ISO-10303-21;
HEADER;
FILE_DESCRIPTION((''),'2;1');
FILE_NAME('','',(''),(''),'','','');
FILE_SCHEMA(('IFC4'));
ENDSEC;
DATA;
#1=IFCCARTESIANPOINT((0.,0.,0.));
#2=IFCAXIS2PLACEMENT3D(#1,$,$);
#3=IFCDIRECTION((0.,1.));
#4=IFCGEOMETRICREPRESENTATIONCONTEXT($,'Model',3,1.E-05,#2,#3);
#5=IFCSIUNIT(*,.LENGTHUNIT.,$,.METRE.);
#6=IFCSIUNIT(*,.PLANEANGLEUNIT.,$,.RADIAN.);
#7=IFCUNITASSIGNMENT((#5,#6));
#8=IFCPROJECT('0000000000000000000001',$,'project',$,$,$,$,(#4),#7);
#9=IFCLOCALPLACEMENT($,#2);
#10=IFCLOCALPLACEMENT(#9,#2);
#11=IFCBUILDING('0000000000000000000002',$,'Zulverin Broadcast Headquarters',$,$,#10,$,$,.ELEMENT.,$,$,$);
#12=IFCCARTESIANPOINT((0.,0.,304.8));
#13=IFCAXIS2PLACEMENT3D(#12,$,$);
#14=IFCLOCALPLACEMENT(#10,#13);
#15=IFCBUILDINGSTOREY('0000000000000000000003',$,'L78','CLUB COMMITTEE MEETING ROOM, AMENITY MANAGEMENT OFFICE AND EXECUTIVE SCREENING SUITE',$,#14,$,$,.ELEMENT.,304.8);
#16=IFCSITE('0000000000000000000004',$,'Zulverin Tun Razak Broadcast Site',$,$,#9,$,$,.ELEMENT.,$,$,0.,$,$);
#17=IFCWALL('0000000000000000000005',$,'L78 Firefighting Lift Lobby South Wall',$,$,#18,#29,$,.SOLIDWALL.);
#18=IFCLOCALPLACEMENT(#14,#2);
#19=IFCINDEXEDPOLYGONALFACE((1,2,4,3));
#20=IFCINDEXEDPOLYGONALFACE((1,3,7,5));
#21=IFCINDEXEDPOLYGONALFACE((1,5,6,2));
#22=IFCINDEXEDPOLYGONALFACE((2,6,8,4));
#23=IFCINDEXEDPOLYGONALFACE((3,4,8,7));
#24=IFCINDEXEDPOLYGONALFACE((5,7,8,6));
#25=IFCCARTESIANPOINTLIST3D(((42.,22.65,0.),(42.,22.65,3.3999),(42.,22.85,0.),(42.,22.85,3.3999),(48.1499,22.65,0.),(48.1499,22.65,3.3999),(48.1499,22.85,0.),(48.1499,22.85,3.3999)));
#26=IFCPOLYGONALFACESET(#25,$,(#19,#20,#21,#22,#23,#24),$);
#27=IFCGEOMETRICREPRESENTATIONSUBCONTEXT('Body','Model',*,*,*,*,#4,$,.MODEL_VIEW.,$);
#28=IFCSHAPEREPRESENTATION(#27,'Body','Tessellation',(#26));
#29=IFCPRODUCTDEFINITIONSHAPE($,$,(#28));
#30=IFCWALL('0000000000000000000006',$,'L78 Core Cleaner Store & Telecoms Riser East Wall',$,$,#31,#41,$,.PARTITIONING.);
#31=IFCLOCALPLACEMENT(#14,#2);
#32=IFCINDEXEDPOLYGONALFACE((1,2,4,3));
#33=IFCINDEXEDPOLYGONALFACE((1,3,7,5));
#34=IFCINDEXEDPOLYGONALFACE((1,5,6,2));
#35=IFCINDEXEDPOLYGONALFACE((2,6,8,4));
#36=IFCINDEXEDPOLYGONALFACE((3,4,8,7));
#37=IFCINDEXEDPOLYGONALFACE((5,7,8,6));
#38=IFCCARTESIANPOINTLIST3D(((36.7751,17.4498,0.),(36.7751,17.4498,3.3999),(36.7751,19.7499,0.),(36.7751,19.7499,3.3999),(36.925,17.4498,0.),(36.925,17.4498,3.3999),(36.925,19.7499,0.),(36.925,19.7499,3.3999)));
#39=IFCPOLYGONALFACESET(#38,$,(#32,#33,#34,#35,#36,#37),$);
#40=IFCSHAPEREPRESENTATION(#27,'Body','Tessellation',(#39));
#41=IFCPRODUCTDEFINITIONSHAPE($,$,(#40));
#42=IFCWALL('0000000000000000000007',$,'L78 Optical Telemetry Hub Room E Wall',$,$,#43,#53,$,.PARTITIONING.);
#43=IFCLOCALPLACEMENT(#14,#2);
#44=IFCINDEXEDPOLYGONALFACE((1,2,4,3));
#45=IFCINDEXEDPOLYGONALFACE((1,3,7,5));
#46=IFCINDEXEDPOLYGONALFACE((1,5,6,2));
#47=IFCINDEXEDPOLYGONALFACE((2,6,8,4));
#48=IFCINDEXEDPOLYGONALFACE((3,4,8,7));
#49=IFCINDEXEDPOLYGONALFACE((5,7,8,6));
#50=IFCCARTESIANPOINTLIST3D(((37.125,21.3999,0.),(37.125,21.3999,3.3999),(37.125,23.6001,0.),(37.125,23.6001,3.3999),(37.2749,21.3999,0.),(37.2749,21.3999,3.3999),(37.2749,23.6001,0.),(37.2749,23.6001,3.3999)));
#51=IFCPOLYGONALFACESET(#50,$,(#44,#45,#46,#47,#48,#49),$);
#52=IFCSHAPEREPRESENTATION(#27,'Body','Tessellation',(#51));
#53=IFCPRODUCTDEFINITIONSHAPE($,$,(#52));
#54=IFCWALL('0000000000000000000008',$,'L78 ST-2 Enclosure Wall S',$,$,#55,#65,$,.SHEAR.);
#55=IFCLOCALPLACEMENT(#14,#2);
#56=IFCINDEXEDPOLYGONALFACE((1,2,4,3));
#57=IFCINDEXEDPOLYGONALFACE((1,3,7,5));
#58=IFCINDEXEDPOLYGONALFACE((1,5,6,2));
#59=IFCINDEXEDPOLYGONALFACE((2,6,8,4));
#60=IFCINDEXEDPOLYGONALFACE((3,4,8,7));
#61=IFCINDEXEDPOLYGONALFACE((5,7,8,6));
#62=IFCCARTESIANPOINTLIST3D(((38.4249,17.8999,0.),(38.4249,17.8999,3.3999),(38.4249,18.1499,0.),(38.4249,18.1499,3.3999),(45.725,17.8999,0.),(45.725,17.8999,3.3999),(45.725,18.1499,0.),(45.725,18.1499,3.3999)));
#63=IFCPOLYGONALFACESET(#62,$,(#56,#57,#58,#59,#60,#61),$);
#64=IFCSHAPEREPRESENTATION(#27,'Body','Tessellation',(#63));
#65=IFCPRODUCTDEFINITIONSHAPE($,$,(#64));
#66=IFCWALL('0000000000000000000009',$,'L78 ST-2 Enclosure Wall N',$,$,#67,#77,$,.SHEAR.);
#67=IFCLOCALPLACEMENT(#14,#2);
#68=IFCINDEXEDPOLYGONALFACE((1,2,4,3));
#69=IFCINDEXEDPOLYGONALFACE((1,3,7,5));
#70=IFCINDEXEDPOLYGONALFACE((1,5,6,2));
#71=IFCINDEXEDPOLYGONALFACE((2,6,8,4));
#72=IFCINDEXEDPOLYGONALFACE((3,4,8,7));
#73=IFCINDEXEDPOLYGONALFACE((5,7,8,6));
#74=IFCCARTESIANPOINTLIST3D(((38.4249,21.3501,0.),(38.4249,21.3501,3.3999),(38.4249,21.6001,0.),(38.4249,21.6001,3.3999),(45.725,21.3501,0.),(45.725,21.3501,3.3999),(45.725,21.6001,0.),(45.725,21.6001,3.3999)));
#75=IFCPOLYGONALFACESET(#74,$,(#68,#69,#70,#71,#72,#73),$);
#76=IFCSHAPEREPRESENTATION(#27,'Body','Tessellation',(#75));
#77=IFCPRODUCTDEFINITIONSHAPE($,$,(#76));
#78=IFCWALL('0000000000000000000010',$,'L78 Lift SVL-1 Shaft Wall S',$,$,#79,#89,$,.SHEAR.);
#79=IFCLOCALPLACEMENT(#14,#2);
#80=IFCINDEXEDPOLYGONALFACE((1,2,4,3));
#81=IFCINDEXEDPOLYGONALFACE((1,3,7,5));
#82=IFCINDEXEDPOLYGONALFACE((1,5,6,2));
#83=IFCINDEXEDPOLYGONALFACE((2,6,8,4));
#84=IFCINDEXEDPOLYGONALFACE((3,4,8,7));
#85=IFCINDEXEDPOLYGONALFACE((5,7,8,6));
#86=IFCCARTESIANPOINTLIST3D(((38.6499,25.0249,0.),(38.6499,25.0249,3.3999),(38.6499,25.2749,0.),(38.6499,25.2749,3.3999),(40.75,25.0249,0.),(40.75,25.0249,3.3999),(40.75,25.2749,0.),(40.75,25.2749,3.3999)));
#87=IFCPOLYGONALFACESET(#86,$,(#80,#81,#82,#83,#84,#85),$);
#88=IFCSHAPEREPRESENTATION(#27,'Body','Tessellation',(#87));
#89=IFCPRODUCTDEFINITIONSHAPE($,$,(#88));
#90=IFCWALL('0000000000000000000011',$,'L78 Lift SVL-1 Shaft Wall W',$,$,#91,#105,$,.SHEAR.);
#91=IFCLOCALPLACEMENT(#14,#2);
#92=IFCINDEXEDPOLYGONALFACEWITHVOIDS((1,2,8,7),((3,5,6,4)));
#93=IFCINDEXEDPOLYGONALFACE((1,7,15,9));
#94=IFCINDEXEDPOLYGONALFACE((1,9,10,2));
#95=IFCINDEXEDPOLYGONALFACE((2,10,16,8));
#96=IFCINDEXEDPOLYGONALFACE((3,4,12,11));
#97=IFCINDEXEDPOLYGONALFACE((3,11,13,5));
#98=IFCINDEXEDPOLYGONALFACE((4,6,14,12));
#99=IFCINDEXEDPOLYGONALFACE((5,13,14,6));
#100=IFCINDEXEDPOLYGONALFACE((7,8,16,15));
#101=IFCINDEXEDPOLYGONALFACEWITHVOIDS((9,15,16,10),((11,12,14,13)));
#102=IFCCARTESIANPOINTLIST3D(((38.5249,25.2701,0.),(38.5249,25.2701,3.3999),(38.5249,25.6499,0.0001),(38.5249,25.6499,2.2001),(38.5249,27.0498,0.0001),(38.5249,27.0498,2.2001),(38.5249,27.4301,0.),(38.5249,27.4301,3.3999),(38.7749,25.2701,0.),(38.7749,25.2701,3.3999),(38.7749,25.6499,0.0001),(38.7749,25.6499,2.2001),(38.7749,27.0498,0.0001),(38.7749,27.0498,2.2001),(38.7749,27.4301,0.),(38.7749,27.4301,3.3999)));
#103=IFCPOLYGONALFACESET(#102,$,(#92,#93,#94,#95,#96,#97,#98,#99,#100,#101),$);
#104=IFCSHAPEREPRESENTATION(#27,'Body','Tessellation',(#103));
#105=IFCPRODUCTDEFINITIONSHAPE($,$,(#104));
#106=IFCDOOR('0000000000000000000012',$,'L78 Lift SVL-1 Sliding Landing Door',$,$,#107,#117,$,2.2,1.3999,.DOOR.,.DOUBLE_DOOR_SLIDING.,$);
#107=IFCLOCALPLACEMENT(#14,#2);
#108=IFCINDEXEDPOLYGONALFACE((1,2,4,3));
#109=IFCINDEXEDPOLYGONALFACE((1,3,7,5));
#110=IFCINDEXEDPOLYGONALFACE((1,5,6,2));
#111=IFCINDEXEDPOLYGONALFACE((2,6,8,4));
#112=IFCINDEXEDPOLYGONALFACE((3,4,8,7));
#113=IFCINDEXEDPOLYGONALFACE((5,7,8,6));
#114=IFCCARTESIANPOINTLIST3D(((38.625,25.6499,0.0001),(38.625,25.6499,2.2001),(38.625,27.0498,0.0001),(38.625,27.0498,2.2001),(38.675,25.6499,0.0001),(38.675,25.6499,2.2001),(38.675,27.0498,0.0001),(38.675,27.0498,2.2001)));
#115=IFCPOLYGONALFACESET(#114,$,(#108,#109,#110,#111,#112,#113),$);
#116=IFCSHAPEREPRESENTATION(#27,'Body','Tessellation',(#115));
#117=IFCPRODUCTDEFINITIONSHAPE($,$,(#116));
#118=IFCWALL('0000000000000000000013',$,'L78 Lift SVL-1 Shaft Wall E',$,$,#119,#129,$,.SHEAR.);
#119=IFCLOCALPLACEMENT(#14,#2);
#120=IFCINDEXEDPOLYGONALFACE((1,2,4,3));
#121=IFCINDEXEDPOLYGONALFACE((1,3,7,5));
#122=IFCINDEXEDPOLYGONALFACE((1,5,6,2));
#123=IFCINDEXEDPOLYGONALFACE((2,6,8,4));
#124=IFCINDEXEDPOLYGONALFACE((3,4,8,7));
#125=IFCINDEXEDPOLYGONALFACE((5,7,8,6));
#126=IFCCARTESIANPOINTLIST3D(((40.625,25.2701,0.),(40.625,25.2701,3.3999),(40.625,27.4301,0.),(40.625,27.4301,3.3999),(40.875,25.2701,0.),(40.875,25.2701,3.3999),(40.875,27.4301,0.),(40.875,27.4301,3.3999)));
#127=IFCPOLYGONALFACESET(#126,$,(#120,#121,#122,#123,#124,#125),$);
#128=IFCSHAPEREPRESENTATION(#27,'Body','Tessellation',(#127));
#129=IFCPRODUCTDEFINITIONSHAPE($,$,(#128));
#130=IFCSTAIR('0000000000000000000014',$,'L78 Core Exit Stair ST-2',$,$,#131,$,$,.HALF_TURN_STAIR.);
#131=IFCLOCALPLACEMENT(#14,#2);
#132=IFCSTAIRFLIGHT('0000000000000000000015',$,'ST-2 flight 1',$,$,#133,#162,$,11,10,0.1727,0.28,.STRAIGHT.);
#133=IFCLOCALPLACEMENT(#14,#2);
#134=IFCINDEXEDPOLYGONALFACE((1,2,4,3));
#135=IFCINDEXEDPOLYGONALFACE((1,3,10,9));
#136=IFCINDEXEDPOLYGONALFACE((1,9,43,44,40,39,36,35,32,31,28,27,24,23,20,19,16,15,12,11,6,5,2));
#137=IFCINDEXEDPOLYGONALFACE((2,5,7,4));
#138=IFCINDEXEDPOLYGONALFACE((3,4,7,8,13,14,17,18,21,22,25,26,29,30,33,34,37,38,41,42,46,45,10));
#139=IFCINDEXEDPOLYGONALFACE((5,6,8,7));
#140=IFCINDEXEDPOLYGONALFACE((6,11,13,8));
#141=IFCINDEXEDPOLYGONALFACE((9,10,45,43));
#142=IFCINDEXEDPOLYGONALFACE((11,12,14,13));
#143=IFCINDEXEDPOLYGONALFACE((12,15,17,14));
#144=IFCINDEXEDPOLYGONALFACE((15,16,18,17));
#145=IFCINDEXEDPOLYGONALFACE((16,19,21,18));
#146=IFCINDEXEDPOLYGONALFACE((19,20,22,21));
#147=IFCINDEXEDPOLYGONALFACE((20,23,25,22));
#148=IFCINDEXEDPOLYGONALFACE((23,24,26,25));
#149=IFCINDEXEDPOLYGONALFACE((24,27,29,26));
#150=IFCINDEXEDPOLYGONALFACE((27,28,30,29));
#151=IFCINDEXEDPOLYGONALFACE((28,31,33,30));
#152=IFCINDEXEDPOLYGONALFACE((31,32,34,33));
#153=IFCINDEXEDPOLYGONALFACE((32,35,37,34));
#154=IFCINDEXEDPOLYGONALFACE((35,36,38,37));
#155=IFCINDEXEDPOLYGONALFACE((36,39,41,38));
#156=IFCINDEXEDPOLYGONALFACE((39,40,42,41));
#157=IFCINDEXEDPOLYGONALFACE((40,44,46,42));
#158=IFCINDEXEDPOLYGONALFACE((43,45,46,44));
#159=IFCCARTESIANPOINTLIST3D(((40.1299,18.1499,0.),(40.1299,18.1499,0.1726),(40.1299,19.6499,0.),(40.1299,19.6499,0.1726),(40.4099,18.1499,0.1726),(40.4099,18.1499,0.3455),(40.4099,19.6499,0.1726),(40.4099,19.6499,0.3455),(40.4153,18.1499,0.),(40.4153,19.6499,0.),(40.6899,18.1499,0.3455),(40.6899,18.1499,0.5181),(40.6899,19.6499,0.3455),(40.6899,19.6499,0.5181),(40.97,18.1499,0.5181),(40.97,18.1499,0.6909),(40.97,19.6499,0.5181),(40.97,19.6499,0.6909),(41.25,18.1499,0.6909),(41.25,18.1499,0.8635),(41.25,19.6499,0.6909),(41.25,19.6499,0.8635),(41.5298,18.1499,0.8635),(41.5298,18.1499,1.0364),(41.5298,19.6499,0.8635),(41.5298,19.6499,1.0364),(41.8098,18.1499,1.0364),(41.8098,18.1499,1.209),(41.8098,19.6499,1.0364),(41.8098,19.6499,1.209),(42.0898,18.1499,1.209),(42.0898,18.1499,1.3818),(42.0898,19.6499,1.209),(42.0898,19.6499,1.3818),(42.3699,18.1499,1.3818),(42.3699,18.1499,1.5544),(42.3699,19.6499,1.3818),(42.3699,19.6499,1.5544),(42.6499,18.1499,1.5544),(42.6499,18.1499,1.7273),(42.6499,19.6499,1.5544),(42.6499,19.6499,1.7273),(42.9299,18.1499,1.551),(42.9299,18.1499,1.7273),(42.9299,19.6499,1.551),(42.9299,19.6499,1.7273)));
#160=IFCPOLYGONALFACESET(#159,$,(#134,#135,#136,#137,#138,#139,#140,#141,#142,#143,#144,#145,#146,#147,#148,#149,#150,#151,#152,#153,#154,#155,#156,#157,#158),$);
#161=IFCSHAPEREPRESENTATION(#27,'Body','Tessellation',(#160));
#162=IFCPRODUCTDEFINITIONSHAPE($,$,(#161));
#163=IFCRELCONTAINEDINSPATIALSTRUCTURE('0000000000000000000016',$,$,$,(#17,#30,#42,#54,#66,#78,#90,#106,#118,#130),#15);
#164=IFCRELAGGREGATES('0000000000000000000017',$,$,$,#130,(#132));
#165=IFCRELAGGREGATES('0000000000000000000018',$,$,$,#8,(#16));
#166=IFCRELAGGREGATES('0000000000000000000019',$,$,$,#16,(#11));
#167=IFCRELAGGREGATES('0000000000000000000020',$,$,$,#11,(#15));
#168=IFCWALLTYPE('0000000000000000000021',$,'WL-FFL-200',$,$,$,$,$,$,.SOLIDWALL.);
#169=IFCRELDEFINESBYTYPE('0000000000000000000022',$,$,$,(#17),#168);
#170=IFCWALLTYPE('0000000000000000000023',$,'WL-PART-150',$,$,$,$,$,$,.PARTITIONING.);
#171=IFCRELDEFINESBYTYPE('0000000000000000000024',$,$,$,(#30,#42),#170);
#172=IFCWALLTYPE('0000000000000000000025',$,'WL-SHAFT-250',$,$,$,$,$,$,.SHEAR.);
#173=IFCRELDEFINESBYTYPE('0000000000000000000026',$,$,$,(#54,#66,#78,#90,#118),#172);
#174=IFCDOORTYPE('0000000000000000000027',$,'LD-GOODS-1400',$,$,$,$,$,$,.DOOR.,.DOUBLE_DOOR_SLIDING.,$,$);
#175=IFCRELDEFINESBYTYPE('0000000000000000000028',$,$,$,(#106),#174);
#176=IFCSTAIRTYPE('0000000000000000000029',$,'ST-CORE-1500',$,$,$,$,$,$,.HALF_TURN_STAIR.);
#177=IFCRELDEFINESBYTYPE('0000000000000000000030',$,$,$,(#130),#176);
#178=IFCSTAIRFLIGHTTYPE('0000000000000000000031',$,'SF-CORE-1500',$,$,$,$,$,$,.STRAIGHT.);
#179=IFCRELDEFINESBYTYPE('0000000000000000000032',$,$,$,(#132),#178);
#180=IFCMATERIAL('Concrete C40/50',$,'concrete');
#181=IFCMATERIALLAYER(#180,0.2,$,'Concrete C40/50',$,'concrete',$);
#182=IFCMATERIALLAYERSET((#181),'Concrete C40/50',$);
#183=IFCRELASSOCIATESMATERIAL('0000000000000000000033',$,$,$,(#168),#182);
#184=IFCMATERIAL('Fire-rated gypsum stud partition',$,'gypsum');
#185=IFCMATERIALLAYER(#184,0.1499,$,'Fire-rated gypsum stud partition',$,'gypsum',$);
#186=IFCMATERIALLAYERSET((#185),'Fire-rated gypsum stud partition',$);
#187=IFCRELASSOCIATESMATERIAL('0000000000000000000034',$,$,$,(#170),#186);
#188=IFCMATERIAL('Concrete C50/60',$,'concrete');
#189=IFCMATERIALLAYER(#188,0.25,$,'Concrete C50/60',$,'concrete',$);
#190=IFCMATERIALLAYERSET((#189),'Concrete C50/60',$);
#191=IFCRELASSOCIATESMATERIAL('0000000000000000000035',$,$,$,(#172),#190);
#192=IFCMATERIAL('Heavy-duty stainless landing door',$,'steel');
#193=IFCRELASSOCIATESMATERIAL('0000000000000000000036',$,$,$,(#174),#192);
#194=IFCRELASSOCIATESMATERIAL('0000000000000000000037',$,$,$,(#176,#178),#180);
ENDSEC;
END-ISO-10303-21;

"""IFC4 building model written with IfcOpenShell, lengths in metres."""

from ifc_helpers import new_model, si_unit, direction, frame, frame_2d, origin, place, context, subcontext, project, spatial, polyline, rectangle, outline, extrude, material, layer, layer_set, type_object, element, fill, aggregate, save


model = new_model("IFC4")

# Units and contexts
model_context = context("Model", 3, precision=1e-05, world=origin(), true_north=direction((0.0, 1.0)))
body_context = subcontext(model_context, "Body", "Model", "MODEL_VIEW")
ifc_project = project(units=[si_unit("LENGTHUNIT", "METRE"), si_unit("PLANEANGLEUNIT", "RADIAN")], contexts=[model_context])

# Site, building, storey
site_placement = place(None, origin())
site = spatial("IfcSite", under=ifc_project, at=site_placement, Name="Zulverin Tun Razak Broadcast Site", CompositionType="ELEMENT", RefElevation=0.0)
building_placement = place(site_placement, origin())
building = spatial("IfcBuilding", under=site, at=building_placement, Name="Zulverin Broadcast Headquarters", CompositionType="ELEMENT")
storey_placement = place(building_placement, frame((0.0, 0.0, 304.8)))
storey = spatial("IfcBuildingStorey", under=building, at=storey_placement, Name="L78", Description="CLUB COMMITTEE MEETING ROOM, AMENITY MANAGEMENT OFFICE AND EXECUTIVE SCREENING SUITE", CompositionType="ELEMENT", Elevation=304.8)

# Shared definitions
ifc_material_1 = material(Name="Concrete C40/50", Category="concrete")
ifc_layer_1 = layer(ifc_material_1, 0.2, Name="Concrete C40/50", Category="concrete")
ifc_layer_set_1 = layer_set([ifc_layer_1], Name="Concrete C40/50")
wall_type_1 = type_object("IfcWallType", Name="WL-FFL-200", PredefinedType="SOLIDWALL", material=ifc_layer_set_1)

# Walls
wall_1_placement = place(storey_placement, frame((42.0, 22.75, 0.0), z_axis=(0.0, 0.0, 1.0), x_axis=(1.0, 0.0, 0.0)))
element("IfcWall", 1, at=wall_1_placement, inside=storey, type_object=wall_type_1, Name="L78 Firefighting Lift Lobby South Wall", PredefinedType="SOLIDWALL", context=body_context, shape_type="SweptSolid", body=[
    extrude(rectangle(XDim=6.1499, YDim=0.2, at=frame_2d((3.075, 0.0))), origin(), (0.0, 0.0, 1.0), 3.3999),
])
ifc_material_2 = material(Name="Fire-rated gypsum stud partition", Category="gypsum")
ifc_layer_2 = layer(ifc_material_2, 0.1499, Name="Fire-rated gypsum stud partition", Category="gypsum")
ifc_layer_set_2 = layer_set([ifc_layer_2], Name="Fire-rated gypsum stud partition")
wall_type_2 = type_object("IfcWallType", Name="WL-PART-150", PredefinedType="PARTITIONING", material=ifc_layer_set_2)
wall_2_placement = place(storey_placement, frame((36.8501, 17.45, 0.0), z_axis=(0.0, 0.0, 1.0), x_axis=(0.0, 1.0, 0.0)))
element("IfcWall", 2, at=wall_2_placement, inside=storey, type_object=wall_type_2, Name="L78 Core Cleaner Store & Telecoms Riser East Wall", PredefinedType="PARTITIONING", context=body_context, shape_type="SweptSolid", body=[
    extrude(rectangle(XDim=2.3, YDim=0.1499, at=frame_2d((1.1499, 0.0))), origin(), (0.0, 0.0, 1.0), 3.3999),
])
wall_3_placement = place(storey_placement, frame((37.2, 21.3999, 0.0), z_axis=(0.0, 0.0, 1.0), x_axis=(0.0, 1.0, 0.0)))
element("IfcWall", 3, at=wall_3_placement, inside=storey, type_object=wall_type_2, Name="L78 Optical Telemetry Hub Room E Wall", PredefinedType="PARTITIONING", context=body_context, shape_type="SweptSolid", body=[
    extrude(rectangle(XDim=2.2002, YDim=0.1499, at=frame_2d((1.1001, 0.0))), origin(), (0.0, 0.0, 1.0), 3.3999),
])
ifc_material_3 = material(Name="Concrete C50/60", Category="concrete")
ifc_layer_3 = layer(ifc_material_3, 0.25, Name="Concrete C50/60", Category="concrete")
ifc_layer_set_3 = layer_set([ifc_layer_3], Name="Concrete C50/60")
wall_type_3 = type_object("IfcWallType", Name="WL-SHAFT-250", PredefinedType="SHEAR", material=ifc_layer_set_3)
for number, where, z_axis, x_axis, name in (
    (4, (38.425, 18.0249, 0.0), (0.0, 0.0, 1.0), (1.0, 0.0, 0.0), "L78 ST-2 Enclosure Wall S"),
    (5, (38.425, 21.4751, 0.0), (0.0, 0.0, 1.0), (1.0, 0.0, 0.0), "L78 ST-2 Enclosure Wall N"),
):
    element("IfcWall", number, at=place(storey_placement, frame(where, z_axis=z_axis, x_axis=x_axis)), inside=storey, type_object=wall_type_3, Name=name, PredefinedType="SHEAR", context=body_context, shape_type="SweptSolid", body=[
        extrude(rectangle(XDim=7.3, YDim=0.25, at=frame_2d((3.6499, 0.0))), origin(), (0.0, 0.0, 1.0), 3.3999),
    ])

# Wall
wall_4_placement = place(storey_placement, frame((38.6499, 25.1499, 0.0), z_axis=(0.0, 0.0, 1.0), x_axis=(1.0, 0.0, 0.0)))
element("IfcWall", 6, at=wall_4_placement, inside=storey, type_object=wall_type_3, Name="L78 Lift SVL-1 Shaft Wall S", PredefinedType="SHEAR", context=body_context, shape_type="SweptSolid", body=[
    extrude(rectangle(XDim=2.1001, YDim=0.25, at=frame_2d((1.05, 0.0))), origin(), (0.0, 0.0, 1.0), 3.3999),
])

# Wall, opening, door
wall_5_placement = place(storey_placement, frame((38.6499, 25.27, 0.0), z_axis=(0.0, 0.0, 1.0), x_axis=(0.0, 1.0, 0.0)))
wall_5 = element("IfcWall", 7, at=wall_5_placement, inside=storey, type_object=wall_type_3, Name="L78 Lift SVL-1 Shaft Wall W", PredefinedType="SHEAR", context=body_context, shape_type="SweptSolid", body=[
    extrude(rectangle(XDim=2.1599, YDim=0.25, at=frame_2d((1.0801, 0.0))), origin(), (0.0, 0.0, 1.0), 3.3999),
])
opening_1_placement = place(wall_5_placement, frame((0.3799, 0.0, 0.0)))
opening_1 = element("IfcOpeningElement", 8, at=opening_1_placement, cuts=wall_5, PredefinedType="OPENING", context=body_context, shape_type="SweptSolid", body=[
    extrude(rectangle(XDim=1.3999, YDim=2.2, at=frame_2d((0.7, 1.1001))), frame((0.0, 0.135, 0.0), z_axis=(0.0, -1.0, 0.0), x_axis=(1.0, 0.0, 0.0)), (0.0, 0.0, 1.0), 0.27),
])
ifc_material_4 = material(Name="Heavy-duty stainless landing door", Category="steel")
door_type_1 = type_object("IfcDoorType", Name="LD-GOODS-1400", OperationType="DOUBLE_DOOR_SLIDING", PredefinedType="DOOR", material=ifc_material_4)
door_1_placement = place(opening_1_placement, origin())
door_1 = element("IfcDoor", 9, at=door_1_placement, inside=storey, type_object=door_type_1, Name="L78 Lift SVL-1 Sliding Landing Door", OperationType="DOUBLE_DOOR_SLIDING", OverallHeight=2.2, OverallWidth=1.3999, PredefinedType="DOOR", context=body_context, shape_type="SweptSolid", body=[
    extrude(rectangle(XDim=1.3999, YDim=2.2, at=frame_2d((0.7, 1.1001))), frame((0.0, 0.0249, 0.0), z_axis=(0.0, -1.0, 0.0), x_axis=(1.0, 0.0, 0.0)), (0.0, 0.0, 1.0), 0.05),
])
fill(opening_1, door_1)

# Wall
wall_6_placement = place(storey_placement, frame((40.75, 25.27, 0.0), z_axis=(0.0, 0.0, 1.0), x_axis=(0.0, 1.0, 0.0)))
element("IfcWall", 10, at=wall_6_placement, inside=storey, type_object=wall_type_3, Name="L78 Lift SVL-1 Shaft Wall E", PredefinedType="SHEAR", context=body_context, shape_type="SweptSolid", body=[
    extrude(rectangle(XDim=2.1599, YDim=0.25, at=frame_2d((1.0801, 0.0))), origin(), (0.0, 0.0, 1.0), 3.3999),
])

# Stair, stair flight
stair_type = type_object("IfcStairType", Name="ST-CORE-1500", PredefinedType="HALF_TURN_STAIR", material=ifc_material_1)
stair_placement = place(storey_placement, origin())
stair = element("IfcStair", 11, at=stair_placement, inside=storey, type_object=stair_type, Name="L78 Core Exit Stair ST-2", PredefinedType="HALF_TURN_STAIR")
stair_flight_type = type_object("IfcStairFlightType", Name="SF-CORE-1500", PredefinedType="STRAIGHT", material=ifc_material_1)
stair_flight_placement = place(storey_placement, frame((40.1299, 18.8999, 0.0), z_axis=(0.0, 0.0, 1.0), x_axis=(1.0, 0.0, 0.0)))
stair_flight = element("IfcStairFlight", 12, at=stair_flight_placement, type_object=stair_flight_type, Name="ST-2 flight 1", NumberOfRisers=11, NumberOfTreads=10, PredefinedType="STRAIGHT", RiserHeight=0.1727, TreadLength=0.28, context=body_context, shape_type="SweptSolid", body=[
    extrude(outline(polyline([(0.0, 0.0), (0.0, 0.1726), (0.28, 0.1726), (0.28, 0.3455), (0.5601, 0.3455), (0.5601, 0.5181), (0.8401, 0.5181), (0.8401, 0.6909), (1.1201, 0.6909), (1.1201, 0.8635), (1.3999, 0.8635), (1.3999, 1.0364), (1.6799, 1.0364), (1.6799, 1.209), (1.96, 1.209), (1.96, 1.3818), (2.24, 1.3818), (2.24, 1.5544), (2.52, 1.5544), (2.52, 1.7273), (2.8, 1.7273), (2.8, 1.8999), (2.8, 1.551), (0.2854, 0.0), (0.0, 0.0)])), frame((0.0, 0.75, 0.0), z_axis=(0.0, -1.0, 0.0), x_axis=(1.0, 0.0, 0.0)), (0.0, 0.0, 1.0), 1.5),
])
aggregate(stair, [stair_flight])

save(model, "model.ifc")
